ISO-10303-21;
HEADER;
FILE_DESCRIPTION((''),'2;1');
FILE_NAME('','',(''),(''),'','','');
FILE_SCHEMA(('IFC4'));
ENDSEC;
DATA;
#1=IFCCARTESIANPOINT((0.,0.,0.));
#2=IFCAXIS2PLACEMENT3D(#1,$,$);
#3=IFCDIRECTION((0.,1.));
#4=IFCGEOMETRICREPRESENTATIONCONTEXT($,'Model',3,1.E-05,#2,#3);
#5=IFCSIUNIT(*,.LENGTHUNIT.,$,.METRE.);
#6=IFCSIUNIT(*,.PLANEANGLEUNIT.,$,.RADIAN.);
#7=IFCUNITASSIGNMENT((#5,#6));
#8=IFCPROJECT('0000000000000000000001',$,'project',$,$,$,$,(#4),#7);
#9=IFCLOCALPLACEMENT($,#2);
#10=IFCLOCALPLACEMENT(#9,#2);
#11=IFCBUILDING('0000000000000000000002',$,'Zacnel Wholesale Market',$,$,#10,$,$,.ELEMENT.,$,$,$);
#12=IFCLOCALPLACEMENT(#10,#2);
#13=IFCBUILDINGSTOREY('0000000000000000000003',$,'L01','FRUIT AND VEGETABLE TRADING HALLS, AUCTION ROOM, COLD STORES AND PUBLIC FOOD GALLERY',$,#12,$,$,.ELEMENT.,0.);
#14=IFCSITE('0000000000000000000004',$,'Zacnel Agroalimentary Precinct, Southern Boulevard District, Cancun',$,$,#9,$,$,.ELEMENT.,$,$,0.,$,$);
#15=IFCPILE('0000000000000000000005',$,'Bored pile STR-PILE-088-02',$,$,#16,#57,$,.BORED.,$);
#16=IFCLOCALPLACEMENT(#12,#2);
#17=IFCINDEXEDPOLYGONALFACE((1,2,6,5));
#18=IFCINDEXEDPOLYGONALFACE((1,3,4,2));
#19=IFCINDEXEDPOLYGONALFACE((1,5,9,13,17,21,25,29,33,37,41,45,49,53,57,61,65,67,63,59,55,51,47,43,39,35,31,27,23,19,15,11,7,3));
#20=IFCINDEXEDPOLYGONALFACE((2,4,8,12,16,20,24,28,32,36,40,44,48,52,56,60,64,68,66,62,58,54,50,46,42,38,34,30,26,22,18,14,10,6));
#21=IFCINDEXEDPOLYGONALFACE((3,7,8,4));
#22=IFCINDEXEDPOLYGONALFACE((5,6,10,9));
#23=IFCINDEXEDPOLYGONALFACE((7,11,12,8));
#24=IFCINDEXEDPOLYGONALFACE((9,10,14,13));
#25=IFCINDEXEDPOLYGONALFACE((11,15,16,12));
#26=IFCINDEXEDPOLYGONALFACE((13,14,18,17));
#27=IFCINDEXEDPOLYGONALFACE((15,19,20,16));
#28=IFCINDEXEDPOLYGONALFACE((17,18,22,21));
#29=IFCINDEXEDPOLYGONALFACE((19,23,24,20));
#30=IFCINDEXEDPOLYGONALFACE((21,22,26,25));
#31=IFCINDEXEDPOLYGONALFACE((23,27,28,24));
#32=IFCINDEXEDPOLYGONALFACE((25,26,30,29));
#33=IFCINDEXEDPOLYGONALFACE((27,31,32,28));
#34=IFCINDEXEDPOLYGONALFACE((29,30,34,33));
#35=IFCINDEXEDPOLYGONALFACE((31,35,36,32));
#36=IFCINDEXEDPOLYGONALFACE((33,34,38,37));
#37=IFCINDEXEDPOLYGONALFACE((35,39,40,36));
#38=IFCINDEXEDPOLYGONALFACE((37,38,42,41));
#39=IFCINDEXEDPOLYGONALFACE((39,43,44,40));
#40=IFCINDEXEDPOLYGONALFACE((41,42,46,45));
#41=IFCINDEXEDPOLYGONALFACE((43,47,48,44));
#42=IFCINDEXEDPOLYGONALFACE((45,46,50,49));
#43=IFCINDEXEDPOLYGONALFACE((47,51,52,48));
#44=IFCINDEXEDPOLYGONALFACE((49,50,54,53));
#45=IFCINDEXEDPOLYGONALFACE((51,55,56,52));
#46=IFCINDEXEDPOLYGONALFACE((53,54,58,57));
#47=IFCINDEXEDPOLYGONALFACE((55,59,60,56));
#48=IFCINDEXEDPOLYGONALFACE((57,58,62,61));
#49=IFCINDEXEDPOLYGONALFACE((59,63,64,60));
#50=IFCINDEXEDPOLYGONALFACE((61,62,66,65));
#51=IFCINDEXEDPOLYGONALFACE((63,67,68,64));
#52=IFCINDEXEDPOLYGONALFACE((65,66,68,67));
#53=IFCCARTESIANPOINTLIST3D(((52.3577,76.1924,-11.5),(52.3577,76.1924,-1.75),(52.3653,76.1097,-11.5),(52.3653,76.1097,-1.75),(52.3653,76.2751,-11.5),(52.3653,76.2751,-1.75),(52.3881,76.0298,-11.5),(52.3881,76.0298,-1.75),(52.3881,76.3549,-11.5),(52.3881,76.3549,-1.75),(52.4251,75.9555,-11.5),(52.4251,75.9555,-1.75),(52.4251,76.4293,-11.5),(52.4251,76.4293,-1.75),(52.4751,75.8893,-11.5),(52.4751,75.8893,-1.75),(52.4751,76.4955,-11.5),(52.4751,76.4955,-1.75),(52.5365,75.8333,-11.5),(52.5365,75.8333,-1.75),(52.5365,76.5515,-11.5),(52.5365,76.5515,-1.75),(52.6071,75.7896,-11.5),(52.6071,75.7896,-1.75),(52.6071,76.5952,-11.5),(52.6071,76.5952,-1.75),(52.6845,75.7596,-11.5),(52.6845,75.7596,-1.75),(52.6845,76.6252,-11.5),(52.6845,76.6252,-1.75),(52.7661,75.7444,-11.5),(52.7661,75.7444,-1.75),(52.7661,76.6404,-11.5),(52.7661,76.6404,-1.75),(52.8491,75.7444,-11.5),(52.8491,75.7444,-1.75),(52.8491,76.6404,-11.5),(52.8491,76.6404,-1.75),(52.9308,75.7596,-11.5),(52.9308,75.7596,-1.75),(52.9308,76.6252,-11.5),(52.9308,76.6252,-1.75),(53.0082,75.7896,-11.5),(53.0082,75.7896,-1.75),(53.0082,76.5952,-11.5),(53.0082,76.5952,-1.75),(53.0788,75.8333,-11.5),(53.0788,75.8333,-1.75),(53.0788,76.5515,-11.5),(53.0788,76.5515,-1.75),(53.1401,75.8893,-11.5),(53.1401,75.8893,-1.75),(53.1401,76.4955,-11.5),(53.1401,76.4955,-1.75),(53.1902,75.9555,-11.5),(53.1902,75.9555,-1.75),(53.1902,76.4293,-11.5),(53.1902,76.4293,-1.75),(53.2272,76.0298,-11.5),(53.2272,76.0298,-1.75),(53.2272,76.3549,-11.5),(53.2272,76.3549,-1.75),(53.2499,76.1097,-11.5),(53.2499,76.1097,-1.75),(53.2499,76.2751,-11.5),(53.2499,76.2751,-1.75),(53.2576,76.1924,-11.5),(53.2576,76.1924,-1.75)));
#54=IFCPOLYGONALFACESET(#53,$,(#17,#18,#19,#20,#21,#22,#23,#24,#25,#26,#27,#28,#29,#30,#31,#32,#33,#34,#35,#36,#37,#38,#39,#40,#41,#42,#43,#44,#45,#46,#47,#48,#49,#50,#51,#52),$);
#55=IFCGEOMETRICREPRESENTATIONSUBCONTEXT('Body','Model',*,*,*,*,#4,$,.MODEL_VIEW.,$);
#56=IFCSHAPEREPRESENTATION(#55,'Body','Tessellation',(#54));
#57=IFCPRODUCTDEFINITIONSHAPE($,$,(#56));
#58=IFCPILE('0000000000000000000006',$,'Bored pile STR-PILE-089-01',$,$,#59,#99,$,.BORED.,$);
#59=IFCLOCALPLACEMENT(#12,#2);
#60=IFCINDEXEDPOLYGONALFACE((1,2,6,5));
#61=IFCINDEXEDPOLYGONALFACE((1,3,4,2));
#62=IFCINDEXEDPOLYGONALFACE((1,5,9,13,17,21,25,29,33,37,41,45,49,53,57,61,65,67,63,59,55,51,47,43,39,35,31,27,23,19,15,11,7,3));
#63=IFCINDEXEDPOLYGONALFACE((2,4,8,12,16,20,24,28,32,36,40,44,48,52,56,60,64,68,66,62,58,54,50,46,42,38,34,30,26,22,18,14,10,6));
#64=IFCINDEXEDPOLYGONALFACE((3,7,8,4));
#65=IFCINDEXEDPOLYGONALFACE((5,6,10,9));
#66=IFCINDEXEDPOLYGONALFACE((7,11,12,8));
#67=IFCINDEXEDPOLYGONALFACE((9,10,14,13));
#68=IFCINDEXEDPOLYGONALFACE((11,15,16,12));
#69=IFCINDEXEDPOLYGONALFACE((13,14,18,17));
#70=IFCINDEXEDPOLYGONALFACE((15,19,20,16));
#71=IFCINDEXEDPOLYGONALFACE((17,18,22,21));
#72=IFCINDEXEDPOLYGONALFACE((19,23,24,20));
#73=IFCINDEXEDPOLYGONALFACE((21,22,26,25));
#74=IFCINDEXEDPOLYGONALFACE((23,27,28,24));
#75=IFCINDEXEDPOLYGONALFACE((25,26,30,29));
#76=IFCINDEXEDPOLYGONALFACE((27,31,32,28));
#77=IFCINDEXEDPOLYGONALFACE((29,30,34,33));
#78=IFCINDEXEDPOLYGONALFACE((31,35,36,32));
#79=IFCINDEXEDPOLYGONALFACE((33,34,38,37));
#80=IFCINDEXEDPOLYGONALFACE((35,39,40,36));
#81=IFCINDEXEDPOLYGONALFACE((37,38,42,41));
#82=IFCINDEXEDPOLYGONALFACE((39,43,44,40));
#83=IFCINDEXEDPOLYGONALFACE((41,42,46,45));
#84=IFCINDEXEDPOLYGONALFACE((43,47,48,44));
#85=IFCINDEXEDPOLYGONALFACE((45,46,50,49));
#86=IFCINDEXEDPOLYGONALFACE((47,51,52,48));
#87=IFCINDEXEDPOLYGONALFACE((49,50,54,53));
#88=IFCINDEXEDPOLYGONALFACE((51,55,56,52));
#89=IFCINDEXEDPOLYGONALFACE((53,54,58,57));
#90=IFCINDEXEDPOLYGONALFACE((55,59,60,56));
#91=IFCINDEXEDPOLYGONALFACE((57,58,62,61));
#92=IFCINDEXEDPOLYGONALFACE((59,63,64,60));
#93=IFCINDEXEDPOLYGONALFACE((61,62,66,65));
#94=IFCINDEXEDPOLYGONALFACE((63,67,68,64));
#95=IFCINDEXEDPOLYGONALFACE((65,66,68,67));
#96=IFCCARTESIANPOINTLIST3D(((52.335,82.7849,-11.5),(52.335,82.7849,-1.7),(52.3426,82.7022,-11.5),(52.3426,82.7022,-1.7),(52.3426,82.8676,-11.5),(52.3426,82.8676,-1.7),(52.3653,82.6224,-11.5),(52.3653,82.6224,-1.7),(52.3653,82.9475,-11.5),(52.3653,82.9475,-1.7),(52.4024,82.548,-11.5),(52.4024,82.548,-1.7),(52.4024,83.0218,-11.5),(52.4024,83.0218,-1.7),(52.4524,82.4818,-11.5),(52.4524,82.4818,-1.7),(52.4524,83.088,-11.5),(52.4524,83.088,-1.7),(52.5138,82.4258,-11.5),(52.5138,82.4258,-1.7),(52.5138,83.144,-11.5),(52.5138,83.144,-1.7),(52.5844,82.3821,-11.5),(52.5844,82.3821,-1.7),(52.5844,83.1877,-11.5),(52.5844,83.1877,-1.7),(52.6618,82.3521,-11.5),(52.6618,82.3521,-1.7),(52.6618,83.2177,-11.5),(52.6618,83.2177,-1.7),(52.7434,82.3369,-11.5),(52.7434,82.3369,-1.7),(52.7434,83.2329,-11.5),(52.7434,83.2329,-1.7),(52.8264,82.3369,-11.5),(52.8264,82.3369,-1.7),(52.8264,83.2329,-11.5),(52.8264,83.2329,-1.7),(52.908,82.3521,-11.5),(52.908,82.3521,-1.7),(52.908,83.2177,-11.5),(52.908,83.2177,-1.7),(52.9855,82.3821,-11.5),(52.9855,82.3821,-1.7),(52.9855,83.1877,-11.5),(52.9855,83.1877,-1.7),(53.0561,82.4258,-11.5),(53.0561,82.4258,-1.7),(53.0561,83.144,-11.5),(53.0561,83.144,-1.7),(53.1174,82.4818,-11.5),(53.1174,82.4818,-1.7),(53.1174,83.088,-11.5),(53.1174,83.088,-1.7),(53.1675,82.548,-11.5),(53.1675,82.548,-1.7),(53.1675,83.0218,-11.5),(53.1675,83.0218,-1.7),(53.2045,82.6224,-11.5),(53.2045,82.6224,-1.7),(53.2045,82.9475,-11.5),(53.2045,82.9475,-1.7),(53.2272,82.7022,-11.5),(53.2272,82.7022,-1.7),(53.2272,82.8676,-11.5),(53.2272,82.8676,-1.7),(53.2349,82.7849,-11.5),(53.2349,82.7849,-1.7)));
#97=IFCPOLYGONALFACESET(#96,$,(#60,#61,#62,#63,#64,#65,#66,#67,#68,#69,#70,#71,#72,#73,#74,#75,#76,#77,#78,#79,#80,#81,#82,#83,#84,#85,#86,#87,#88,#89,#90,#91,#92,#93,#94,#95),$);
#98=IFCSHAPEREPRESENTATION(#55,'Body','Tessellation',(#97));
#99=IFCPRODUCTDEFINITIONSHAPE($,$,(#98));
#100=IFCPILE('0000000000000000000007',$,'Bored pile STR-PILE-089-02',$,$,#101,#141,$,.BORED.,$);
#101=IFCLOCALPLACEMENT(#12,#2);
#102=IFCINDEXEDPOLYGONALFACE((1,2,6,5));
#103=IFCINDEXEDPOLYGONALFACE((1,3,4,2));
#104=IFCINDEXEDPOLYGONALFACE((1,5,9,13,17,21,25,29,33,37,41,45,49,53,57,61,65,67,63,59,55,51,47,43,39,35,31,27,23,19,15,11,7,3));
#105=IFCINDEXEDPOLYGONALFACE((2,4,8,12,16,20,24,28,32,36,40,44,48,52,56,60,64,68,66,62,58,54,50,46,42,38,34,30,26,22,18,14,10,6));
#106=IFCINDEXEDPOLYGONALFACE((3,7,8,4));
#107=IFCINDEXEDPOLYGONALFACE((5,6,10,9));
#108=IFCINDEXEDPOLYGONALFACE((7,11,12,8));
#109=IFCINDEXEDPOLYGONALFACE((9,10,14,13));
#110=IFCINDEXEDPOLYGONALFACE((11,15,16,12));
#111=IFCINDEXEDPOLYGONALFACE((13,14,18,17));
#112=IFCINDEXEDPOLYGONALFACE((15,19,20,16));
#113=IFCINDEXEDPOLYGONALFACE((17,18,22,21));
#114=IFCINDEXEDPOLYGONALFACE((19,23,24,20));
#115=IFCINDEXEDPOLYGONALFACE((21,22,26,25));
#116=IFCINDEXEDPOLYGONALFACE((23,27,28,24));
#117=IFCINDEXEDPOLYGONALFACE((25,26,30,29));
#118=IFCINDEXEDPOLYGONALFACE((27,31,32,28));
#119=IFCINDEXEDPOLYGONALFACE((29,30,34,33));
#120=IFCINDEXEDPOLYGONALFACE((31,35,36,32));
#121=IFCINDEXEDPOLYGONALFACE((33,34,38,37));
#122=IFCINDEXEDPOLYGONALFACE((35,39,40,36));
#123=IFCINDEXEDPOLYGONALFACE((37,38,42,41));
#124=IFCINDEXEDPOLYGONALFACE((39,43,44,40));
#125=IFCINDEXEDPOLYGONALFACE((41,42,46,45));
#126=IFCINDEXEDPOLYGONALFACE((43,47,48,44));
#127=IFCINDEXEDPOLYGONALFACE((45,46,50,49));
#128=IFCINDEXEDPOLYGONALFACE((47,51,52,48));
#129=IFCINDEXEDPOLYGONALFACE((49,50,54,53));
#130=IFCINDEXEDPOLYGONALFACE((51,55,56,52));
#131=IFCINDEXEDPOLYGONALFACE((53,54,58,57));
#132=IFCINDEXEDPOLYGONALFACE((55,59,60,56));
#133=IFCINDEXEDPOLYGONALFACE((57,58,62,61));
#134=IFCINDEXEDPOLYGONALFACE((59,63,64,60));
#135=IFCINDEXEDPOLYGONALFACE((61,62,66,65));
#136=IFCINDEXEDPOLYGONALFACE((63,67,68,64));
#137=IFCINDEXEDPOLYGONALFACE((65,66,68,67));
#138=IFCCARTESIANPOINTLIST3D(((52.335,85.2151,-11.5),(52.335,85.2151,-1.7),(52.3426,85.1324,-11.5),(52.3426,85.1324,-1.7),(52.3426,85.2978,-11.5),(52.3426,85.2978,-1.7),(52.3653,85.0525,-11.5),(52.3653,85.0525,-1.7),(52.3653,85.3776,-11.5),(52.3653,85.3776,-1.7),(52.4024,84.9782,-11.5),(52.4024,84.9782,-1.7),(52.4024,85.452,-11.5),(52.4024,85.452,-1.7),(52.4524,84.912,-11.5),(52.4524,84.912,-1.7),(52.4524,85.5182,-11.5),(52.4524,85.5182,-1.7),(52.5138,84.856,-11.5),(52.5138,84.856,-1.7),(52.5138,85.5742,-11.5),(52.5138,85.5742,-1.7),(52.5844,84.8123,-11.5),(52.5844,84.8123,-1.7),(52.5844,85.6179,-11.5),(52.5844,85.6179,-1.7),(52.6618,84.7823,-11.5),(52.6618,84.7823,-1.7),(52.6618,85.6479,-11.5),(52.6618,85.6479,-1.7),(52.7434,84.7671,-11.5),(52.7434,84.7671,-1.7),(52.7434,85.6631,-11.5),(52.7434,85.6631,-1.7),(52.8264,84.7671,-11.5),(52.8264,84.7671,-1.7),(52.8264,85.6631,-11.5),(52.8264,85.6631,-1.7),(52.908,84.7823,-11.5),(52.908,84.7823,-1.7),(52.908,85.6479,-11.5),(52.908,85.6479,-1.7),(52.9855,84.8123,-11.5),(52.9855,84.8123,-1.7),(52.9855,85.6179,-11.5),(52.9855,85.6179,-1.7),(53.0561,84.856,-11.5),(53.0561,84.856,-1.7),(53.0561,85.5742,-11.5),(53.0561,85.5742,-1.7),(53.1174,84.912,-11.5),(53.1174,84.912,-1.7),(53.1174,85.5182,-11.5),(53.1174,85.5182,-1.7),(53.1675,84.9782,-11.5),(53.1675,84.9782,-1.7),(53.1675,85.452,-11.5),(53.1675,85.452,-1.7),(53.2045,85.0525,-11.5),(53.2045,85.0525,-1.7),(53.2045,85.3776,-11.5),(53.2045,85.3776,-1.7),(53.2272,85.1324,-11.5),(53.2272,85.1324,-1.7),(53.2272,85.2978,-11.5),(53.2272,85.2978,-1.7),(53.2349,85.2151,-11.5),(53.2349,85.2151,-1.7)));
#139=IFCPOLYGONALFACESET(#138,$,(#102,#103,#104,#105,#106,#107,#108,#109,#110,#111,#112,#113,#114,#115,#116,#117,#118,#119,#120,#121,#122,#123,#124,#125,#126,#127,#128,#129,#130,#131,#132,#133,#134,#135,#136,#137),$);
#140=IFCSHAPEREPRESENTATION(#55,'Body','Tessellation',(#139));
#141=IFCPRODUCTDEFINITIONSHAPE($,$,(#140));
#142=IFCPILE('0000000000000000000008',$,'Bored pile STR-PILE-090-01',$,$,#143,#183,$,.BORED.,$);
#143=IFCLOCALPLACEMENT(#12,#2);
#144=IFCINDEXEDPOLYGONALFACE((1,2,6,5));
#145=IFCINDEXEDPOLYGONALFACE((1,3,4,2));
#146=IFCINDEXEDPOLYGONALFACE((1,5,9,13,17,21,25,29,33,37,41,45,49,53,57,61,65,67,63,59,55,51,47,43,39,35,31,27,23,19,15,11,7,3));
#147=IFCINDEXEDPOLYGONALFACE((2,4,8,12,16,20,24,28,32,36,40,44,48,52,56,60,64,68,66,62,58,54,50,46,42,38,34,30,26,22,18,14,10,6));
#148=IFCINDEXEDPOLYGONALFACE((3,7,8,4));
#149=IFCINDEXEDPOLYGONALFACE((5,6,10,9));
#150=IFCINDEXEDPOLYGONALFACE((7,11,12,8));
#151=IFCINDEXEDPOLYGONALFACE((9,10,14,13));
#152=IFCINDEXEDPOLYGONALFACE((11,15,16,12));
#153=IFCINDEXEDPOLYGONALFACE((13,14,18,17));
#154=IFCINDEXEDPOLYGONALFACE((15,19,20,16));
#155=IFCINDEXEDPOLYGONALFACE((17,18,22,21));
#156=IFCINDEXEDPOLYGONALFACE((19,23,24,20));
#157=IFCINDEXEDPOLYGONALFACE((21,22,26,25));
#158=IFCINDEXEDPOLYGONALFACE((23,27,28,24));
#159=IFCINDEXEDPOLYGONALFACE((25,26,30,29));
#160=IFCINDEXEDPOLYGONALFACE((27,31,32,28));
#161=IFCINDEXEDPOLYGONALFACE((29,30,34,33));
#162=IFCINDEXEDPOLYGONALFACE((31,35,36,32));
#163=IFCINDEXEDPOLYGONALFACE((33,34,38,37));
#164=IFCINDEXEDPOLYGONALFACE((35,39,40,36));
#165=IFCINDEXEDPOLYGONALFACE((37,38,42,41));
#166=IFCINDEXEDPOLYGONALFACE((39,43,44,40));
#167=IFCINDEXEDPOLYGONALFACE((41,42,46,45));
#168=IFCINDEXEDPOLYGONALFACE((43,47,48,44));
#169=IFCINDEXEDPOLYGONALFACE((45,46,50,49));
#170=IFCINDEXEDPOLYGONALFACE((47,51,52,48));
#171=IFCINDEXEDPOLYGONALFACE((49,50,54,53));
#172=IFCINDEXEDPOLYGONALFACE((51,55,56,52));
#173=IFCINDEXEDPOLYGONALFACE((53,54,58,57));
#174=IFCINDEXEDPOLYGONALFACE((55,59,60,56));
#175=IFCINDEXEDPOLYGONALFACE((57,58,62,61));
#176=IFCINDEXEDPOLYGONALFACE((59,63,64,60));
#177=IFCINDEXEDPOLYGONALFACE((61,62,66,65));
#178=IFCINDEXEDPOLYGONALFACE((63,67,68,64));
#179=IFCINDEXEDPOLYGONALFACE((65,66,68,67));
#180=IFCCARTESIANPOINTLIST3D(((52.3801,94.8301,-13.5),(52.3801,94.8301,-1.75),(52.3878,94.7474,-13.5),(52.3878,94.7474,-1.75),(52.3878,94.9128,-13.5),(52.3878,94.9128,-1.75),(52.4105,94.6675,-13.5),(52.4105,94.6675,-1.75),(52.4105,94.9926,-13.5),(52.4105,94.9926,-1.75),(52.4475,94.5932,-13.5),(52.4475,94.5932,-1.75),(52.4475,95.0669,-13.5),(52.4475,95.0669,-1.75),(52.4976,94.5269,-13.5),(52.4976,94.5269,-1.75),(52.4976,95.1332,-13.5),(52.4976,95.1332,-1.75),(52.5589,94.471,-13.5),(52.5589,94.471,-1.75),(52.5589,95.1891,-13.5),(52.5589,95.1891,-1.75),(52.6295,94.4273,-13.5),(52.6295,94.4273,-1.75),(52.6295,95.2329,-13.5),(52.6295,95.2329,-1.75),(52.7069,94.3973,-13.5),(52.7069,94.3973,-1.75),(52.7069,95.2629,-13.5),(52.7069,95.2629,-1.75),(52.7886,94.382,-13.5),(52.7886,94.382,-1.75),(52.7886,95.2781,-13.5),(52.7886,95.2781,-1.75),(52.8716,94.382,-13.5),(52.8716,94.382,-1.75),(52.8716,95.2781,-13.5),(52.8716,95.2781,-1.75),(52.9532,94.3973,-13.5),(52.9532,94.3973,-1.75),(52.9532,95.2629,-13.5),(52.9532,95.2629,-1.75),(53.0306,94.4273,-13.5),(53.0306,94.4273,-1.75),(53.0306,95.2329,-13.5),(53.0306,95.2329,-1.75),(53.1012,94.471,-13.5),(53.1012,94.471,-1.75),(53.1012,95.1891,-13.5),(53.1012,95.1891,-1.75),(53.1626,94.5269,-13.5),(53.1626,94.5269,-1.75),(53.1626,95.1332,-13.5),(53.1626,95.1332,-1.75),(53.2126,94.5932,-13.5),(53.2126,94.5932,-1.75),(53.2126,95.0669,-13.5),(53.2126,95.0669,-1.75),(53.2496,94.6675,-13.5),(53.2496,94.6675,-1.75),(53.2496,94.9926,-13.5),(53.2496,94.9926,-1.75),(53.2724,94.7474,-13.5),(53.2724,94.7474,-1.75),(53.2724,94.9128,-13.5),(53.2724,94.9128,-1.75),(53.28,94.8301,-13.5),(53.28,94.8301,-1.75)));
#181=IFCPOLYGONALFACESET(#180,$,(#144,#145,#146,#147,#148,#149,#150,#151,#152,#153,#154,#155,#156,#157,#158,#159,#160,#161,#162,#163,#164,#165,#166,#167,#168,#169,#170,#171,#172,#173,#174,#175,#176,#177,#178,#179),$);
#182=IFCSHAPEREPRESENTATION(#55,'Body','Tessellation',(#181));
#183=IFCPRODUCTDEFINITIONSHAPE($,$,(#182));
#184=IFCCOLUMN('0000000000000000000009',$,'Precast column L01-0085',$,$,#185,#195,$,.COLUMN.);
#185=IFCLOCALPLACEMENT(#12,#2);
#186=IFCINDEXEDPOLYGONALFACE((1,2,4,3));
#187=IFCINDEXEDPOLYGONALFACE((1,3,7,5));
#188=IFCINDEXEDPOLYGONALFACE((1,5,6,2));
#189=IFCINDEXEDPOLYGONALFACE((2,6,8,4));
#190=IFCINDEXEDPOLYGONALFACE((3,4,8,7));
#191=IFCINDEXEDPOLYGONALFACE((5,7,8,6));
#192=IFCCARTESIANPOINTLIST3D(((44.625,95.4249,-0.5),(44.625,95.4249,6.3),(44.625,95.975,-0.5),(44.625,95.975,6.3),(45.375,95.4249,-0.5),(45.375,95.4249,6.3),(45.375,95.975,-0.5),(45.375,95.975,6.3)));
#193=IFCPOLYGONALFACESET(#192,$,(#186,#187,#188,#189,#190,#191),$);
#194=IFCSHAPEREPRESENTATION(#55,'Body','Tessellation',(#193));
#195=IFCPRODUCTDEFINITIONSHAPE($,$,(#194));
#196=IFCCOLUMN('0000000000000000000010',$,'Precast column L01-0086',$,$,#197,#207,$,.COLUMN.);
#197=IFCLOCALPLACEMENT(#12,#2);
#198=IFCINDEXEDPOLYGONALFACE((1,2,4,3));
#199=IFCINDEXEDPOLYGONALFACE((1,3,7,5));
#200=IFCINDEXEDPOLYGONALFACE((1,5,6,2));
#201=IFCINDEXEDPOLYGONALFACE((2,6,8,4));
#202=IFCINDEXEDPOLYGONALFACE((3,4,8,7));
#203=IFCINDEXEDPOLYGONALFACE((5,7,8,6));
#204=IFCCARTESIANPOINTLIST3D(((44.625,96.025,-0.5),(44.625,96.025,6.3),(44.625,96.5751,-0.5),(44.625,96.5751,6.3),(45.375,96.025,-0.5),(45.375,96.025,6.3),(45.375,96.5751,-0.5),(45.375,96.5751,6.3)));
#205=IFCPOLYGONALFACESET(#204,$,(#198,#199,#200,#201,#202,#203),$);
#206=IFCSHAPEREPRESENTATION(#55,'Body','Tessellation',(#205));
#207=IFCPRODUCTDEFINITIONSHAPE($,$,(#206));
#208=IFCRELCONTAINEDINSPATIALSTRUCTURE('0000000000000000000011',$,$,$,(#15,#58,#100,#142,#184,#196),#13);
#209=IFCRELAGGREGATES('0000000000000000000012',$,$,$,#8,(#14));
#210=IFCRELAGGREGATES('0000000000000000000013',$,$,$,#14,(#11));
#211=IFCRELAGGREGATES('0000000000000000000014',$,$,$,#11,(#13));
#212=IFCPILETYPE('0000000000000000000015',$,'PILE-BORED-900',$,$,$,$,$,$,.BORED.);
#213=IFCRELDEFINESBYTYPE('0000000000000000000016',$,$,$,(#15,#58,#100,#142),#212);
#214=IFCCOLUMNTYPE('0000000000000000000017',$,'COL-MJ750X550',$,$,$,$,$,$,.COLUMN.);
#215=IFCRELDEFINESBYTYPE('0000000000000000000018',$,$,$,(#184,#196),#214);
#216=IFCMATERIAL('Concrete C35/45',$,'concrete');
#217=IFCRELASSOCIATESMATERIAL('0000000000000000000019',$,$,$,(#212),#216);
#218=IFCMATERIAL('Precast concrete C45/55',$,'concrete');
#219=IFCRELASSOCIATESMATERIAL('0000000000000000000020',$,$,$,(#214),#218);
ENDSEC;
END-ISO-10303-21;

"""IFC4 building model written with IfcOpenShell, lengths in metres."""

from ifc_helpers import new_model, si_unit, direction, frame, origin, origin_2d, place, context, subcontext, project, spatial, rectangle, circle, extrude, material, material_profile, profile_set, type_object, element, save


model = new_model("IFC4")

# Units and contexts
model_context = context("Model", 3, precision=1e-05, world=origin(), true_north=direction((0.0, 1.0)))
body_context = subcontext(model_context, "Body", "Model", "MODEL_VIEW")
ifc_project = project(units=[si_unit("LENGTHUNIT", "METRE"), si_unit("PLANEANGLEUNIT", "RADIAN")], contexts=[model_context])

# Site, building, storey
site_placement = place(None, origin())
site = spatial("IfcSite", under=ifc_project, at=site_placement, Name="Zacnel Agroalimentary Precinct, Southern Boulevard District, Cancun", CompositionType="ELEMENT", RefElevation=0.0)
building_placement = place(site_placement, origin())
building = spatial("IfcBuilding", under=site, at=building_placement, Name="Zacnel Wholesale Market", CompositionType="ELEMENT")
storey_placement = place(building_placement, origin())
storey = spatial("IfcBuildingStorey", under=building, at=storey_placement, Name="L01", Description="FRUIT AND VEGETABLE TRADING HALLS, AUCTION ROOM, COLD STORES AND PUBLIC FOOD GALLERY", CompositionType="ELEMENT", Elevation=0.0)

# Piles
ifc_material_1 = material(Name="Concrete C35/45", Category="concrete")
ifc_material_profile_1 = material_profile(ifc_material_1, circle(Radius=0.45, at=origin_2d()), Name="BORED PILE D900")
ifc_profile_set_1 = profile_set([ifc_material_profile_1], Name="Concrete C35/45")
pile_type = type_object("IfcPileType", Name="PILE-BORED-900", PredefinedType="BORED", material=ifc_profile_set_1)
pile_1_placement = place(storey_placement, frame((52.8076, 76.1924, -1.75), z_axis=(0.0, 0.0, -1.0), x_axis=(1.0, 0.0, 0.0)))
element("IfcPile", 1, at=pile_1_placement, inside=storey, type_object=pile_type, Name="Bored pile STR-PILE-088-02", PredefinedType="BORED", context=body_context, shape_type="SweptSolid", body=[
    extrude(circle(Radius=0.45, at=origin_2d()), origin(), (0.0, 0.0, 1.0), 9.75),
])
for number, where, z_axis, x_axis, name in (
    (2, (52.7849, 82.7849, -1.7), (0.0, 0.0, -1.0), (1.0, 0.0, 0.0), "Bored pile STR-PILE-089-01"),
    (3, (52.7849, 85.2151, -1.7), (0.0, 0.0, -1.0), (1.0, 0.0, 0.0), "Bored pile STR-PILE-089-02"),
):
    element("IfcPile", number, at=place(storey_placement, frame(where, z_axis=z_axis, x_axis=x_axis)), inside=storey, type_object=pile_type, Name=name, PredefinedType="BORED", context=body_context, shape_type="SweptSolid", body=[
        extrude(circle(Radius=0.45, at=origin_2d()), origin(), (0.0, 0.0, 1.0), 9.8),
    ])
pile_2_placement = place(storey_placement, frame((52.8301, 94.8301, -1.75), z_axis=(0.0, 0.0, -1.0), x_axis=(1.0, 0.0, 0.0)))
element("IfcPile", 4, at=pile_2_placement, inside=storey, type_object=pile_type, Name="Bored pile STR-PILE-090-01", PredefinedType="BORED", context=body_context, shape_type="SweptSolid", body=[
    extrude(circle(Radius=0.45, at=origin_2d()), origin(), (0.0, 0.0, 1.0), 11.75),
])

# Columns
ifc_material_2 = material(Name="Precast concrete C45/55", Category="concrete")
ifc_material_profile_2 = material_profile(ifc_material_2, rectangle(XDim=0.75, YDim=0.55, at=origin_2d()), Name="PC 750x550")
ifc_profile_set_2 = profile_set([ifc_material_profile_2], Name="Precast concrete C45/55")
column_type_1 = type_object("IfcColumnType", Name="COL-MJ750X550", PredefinedType="COLUMN", material=ifc_profile_set_2)
for number, where, z_axis, x_axis, name in (
    (5, (45.0, 95.7, -0.5), (0.0, 0.0, 1.0), (1.0, 0.0, 0.0), "Precast column L01-0085"),
    (6, (45.0, 96.3, -0.5), (0.0, 0.0, 1.0), (1.0, 0.0, 0.0), "Precast column L01-0086"),
):
    element("IfcColumn", number, at=place(storey_placement, frame(where, z_axis=z_axis, x_axis=x_axis)), inside=storey, type_object=column_type_1, Name=name, PredefinedType="COLUMN", context=body_context, shape_type="SweptSolid", body=[
        extrude(rectangle(XDim=0.75, YDim=0.55, at=origin_2d()), origin(), (0.0, 0.0, 1.0), 6.8),
    ])

save(model, "model.ifc")
